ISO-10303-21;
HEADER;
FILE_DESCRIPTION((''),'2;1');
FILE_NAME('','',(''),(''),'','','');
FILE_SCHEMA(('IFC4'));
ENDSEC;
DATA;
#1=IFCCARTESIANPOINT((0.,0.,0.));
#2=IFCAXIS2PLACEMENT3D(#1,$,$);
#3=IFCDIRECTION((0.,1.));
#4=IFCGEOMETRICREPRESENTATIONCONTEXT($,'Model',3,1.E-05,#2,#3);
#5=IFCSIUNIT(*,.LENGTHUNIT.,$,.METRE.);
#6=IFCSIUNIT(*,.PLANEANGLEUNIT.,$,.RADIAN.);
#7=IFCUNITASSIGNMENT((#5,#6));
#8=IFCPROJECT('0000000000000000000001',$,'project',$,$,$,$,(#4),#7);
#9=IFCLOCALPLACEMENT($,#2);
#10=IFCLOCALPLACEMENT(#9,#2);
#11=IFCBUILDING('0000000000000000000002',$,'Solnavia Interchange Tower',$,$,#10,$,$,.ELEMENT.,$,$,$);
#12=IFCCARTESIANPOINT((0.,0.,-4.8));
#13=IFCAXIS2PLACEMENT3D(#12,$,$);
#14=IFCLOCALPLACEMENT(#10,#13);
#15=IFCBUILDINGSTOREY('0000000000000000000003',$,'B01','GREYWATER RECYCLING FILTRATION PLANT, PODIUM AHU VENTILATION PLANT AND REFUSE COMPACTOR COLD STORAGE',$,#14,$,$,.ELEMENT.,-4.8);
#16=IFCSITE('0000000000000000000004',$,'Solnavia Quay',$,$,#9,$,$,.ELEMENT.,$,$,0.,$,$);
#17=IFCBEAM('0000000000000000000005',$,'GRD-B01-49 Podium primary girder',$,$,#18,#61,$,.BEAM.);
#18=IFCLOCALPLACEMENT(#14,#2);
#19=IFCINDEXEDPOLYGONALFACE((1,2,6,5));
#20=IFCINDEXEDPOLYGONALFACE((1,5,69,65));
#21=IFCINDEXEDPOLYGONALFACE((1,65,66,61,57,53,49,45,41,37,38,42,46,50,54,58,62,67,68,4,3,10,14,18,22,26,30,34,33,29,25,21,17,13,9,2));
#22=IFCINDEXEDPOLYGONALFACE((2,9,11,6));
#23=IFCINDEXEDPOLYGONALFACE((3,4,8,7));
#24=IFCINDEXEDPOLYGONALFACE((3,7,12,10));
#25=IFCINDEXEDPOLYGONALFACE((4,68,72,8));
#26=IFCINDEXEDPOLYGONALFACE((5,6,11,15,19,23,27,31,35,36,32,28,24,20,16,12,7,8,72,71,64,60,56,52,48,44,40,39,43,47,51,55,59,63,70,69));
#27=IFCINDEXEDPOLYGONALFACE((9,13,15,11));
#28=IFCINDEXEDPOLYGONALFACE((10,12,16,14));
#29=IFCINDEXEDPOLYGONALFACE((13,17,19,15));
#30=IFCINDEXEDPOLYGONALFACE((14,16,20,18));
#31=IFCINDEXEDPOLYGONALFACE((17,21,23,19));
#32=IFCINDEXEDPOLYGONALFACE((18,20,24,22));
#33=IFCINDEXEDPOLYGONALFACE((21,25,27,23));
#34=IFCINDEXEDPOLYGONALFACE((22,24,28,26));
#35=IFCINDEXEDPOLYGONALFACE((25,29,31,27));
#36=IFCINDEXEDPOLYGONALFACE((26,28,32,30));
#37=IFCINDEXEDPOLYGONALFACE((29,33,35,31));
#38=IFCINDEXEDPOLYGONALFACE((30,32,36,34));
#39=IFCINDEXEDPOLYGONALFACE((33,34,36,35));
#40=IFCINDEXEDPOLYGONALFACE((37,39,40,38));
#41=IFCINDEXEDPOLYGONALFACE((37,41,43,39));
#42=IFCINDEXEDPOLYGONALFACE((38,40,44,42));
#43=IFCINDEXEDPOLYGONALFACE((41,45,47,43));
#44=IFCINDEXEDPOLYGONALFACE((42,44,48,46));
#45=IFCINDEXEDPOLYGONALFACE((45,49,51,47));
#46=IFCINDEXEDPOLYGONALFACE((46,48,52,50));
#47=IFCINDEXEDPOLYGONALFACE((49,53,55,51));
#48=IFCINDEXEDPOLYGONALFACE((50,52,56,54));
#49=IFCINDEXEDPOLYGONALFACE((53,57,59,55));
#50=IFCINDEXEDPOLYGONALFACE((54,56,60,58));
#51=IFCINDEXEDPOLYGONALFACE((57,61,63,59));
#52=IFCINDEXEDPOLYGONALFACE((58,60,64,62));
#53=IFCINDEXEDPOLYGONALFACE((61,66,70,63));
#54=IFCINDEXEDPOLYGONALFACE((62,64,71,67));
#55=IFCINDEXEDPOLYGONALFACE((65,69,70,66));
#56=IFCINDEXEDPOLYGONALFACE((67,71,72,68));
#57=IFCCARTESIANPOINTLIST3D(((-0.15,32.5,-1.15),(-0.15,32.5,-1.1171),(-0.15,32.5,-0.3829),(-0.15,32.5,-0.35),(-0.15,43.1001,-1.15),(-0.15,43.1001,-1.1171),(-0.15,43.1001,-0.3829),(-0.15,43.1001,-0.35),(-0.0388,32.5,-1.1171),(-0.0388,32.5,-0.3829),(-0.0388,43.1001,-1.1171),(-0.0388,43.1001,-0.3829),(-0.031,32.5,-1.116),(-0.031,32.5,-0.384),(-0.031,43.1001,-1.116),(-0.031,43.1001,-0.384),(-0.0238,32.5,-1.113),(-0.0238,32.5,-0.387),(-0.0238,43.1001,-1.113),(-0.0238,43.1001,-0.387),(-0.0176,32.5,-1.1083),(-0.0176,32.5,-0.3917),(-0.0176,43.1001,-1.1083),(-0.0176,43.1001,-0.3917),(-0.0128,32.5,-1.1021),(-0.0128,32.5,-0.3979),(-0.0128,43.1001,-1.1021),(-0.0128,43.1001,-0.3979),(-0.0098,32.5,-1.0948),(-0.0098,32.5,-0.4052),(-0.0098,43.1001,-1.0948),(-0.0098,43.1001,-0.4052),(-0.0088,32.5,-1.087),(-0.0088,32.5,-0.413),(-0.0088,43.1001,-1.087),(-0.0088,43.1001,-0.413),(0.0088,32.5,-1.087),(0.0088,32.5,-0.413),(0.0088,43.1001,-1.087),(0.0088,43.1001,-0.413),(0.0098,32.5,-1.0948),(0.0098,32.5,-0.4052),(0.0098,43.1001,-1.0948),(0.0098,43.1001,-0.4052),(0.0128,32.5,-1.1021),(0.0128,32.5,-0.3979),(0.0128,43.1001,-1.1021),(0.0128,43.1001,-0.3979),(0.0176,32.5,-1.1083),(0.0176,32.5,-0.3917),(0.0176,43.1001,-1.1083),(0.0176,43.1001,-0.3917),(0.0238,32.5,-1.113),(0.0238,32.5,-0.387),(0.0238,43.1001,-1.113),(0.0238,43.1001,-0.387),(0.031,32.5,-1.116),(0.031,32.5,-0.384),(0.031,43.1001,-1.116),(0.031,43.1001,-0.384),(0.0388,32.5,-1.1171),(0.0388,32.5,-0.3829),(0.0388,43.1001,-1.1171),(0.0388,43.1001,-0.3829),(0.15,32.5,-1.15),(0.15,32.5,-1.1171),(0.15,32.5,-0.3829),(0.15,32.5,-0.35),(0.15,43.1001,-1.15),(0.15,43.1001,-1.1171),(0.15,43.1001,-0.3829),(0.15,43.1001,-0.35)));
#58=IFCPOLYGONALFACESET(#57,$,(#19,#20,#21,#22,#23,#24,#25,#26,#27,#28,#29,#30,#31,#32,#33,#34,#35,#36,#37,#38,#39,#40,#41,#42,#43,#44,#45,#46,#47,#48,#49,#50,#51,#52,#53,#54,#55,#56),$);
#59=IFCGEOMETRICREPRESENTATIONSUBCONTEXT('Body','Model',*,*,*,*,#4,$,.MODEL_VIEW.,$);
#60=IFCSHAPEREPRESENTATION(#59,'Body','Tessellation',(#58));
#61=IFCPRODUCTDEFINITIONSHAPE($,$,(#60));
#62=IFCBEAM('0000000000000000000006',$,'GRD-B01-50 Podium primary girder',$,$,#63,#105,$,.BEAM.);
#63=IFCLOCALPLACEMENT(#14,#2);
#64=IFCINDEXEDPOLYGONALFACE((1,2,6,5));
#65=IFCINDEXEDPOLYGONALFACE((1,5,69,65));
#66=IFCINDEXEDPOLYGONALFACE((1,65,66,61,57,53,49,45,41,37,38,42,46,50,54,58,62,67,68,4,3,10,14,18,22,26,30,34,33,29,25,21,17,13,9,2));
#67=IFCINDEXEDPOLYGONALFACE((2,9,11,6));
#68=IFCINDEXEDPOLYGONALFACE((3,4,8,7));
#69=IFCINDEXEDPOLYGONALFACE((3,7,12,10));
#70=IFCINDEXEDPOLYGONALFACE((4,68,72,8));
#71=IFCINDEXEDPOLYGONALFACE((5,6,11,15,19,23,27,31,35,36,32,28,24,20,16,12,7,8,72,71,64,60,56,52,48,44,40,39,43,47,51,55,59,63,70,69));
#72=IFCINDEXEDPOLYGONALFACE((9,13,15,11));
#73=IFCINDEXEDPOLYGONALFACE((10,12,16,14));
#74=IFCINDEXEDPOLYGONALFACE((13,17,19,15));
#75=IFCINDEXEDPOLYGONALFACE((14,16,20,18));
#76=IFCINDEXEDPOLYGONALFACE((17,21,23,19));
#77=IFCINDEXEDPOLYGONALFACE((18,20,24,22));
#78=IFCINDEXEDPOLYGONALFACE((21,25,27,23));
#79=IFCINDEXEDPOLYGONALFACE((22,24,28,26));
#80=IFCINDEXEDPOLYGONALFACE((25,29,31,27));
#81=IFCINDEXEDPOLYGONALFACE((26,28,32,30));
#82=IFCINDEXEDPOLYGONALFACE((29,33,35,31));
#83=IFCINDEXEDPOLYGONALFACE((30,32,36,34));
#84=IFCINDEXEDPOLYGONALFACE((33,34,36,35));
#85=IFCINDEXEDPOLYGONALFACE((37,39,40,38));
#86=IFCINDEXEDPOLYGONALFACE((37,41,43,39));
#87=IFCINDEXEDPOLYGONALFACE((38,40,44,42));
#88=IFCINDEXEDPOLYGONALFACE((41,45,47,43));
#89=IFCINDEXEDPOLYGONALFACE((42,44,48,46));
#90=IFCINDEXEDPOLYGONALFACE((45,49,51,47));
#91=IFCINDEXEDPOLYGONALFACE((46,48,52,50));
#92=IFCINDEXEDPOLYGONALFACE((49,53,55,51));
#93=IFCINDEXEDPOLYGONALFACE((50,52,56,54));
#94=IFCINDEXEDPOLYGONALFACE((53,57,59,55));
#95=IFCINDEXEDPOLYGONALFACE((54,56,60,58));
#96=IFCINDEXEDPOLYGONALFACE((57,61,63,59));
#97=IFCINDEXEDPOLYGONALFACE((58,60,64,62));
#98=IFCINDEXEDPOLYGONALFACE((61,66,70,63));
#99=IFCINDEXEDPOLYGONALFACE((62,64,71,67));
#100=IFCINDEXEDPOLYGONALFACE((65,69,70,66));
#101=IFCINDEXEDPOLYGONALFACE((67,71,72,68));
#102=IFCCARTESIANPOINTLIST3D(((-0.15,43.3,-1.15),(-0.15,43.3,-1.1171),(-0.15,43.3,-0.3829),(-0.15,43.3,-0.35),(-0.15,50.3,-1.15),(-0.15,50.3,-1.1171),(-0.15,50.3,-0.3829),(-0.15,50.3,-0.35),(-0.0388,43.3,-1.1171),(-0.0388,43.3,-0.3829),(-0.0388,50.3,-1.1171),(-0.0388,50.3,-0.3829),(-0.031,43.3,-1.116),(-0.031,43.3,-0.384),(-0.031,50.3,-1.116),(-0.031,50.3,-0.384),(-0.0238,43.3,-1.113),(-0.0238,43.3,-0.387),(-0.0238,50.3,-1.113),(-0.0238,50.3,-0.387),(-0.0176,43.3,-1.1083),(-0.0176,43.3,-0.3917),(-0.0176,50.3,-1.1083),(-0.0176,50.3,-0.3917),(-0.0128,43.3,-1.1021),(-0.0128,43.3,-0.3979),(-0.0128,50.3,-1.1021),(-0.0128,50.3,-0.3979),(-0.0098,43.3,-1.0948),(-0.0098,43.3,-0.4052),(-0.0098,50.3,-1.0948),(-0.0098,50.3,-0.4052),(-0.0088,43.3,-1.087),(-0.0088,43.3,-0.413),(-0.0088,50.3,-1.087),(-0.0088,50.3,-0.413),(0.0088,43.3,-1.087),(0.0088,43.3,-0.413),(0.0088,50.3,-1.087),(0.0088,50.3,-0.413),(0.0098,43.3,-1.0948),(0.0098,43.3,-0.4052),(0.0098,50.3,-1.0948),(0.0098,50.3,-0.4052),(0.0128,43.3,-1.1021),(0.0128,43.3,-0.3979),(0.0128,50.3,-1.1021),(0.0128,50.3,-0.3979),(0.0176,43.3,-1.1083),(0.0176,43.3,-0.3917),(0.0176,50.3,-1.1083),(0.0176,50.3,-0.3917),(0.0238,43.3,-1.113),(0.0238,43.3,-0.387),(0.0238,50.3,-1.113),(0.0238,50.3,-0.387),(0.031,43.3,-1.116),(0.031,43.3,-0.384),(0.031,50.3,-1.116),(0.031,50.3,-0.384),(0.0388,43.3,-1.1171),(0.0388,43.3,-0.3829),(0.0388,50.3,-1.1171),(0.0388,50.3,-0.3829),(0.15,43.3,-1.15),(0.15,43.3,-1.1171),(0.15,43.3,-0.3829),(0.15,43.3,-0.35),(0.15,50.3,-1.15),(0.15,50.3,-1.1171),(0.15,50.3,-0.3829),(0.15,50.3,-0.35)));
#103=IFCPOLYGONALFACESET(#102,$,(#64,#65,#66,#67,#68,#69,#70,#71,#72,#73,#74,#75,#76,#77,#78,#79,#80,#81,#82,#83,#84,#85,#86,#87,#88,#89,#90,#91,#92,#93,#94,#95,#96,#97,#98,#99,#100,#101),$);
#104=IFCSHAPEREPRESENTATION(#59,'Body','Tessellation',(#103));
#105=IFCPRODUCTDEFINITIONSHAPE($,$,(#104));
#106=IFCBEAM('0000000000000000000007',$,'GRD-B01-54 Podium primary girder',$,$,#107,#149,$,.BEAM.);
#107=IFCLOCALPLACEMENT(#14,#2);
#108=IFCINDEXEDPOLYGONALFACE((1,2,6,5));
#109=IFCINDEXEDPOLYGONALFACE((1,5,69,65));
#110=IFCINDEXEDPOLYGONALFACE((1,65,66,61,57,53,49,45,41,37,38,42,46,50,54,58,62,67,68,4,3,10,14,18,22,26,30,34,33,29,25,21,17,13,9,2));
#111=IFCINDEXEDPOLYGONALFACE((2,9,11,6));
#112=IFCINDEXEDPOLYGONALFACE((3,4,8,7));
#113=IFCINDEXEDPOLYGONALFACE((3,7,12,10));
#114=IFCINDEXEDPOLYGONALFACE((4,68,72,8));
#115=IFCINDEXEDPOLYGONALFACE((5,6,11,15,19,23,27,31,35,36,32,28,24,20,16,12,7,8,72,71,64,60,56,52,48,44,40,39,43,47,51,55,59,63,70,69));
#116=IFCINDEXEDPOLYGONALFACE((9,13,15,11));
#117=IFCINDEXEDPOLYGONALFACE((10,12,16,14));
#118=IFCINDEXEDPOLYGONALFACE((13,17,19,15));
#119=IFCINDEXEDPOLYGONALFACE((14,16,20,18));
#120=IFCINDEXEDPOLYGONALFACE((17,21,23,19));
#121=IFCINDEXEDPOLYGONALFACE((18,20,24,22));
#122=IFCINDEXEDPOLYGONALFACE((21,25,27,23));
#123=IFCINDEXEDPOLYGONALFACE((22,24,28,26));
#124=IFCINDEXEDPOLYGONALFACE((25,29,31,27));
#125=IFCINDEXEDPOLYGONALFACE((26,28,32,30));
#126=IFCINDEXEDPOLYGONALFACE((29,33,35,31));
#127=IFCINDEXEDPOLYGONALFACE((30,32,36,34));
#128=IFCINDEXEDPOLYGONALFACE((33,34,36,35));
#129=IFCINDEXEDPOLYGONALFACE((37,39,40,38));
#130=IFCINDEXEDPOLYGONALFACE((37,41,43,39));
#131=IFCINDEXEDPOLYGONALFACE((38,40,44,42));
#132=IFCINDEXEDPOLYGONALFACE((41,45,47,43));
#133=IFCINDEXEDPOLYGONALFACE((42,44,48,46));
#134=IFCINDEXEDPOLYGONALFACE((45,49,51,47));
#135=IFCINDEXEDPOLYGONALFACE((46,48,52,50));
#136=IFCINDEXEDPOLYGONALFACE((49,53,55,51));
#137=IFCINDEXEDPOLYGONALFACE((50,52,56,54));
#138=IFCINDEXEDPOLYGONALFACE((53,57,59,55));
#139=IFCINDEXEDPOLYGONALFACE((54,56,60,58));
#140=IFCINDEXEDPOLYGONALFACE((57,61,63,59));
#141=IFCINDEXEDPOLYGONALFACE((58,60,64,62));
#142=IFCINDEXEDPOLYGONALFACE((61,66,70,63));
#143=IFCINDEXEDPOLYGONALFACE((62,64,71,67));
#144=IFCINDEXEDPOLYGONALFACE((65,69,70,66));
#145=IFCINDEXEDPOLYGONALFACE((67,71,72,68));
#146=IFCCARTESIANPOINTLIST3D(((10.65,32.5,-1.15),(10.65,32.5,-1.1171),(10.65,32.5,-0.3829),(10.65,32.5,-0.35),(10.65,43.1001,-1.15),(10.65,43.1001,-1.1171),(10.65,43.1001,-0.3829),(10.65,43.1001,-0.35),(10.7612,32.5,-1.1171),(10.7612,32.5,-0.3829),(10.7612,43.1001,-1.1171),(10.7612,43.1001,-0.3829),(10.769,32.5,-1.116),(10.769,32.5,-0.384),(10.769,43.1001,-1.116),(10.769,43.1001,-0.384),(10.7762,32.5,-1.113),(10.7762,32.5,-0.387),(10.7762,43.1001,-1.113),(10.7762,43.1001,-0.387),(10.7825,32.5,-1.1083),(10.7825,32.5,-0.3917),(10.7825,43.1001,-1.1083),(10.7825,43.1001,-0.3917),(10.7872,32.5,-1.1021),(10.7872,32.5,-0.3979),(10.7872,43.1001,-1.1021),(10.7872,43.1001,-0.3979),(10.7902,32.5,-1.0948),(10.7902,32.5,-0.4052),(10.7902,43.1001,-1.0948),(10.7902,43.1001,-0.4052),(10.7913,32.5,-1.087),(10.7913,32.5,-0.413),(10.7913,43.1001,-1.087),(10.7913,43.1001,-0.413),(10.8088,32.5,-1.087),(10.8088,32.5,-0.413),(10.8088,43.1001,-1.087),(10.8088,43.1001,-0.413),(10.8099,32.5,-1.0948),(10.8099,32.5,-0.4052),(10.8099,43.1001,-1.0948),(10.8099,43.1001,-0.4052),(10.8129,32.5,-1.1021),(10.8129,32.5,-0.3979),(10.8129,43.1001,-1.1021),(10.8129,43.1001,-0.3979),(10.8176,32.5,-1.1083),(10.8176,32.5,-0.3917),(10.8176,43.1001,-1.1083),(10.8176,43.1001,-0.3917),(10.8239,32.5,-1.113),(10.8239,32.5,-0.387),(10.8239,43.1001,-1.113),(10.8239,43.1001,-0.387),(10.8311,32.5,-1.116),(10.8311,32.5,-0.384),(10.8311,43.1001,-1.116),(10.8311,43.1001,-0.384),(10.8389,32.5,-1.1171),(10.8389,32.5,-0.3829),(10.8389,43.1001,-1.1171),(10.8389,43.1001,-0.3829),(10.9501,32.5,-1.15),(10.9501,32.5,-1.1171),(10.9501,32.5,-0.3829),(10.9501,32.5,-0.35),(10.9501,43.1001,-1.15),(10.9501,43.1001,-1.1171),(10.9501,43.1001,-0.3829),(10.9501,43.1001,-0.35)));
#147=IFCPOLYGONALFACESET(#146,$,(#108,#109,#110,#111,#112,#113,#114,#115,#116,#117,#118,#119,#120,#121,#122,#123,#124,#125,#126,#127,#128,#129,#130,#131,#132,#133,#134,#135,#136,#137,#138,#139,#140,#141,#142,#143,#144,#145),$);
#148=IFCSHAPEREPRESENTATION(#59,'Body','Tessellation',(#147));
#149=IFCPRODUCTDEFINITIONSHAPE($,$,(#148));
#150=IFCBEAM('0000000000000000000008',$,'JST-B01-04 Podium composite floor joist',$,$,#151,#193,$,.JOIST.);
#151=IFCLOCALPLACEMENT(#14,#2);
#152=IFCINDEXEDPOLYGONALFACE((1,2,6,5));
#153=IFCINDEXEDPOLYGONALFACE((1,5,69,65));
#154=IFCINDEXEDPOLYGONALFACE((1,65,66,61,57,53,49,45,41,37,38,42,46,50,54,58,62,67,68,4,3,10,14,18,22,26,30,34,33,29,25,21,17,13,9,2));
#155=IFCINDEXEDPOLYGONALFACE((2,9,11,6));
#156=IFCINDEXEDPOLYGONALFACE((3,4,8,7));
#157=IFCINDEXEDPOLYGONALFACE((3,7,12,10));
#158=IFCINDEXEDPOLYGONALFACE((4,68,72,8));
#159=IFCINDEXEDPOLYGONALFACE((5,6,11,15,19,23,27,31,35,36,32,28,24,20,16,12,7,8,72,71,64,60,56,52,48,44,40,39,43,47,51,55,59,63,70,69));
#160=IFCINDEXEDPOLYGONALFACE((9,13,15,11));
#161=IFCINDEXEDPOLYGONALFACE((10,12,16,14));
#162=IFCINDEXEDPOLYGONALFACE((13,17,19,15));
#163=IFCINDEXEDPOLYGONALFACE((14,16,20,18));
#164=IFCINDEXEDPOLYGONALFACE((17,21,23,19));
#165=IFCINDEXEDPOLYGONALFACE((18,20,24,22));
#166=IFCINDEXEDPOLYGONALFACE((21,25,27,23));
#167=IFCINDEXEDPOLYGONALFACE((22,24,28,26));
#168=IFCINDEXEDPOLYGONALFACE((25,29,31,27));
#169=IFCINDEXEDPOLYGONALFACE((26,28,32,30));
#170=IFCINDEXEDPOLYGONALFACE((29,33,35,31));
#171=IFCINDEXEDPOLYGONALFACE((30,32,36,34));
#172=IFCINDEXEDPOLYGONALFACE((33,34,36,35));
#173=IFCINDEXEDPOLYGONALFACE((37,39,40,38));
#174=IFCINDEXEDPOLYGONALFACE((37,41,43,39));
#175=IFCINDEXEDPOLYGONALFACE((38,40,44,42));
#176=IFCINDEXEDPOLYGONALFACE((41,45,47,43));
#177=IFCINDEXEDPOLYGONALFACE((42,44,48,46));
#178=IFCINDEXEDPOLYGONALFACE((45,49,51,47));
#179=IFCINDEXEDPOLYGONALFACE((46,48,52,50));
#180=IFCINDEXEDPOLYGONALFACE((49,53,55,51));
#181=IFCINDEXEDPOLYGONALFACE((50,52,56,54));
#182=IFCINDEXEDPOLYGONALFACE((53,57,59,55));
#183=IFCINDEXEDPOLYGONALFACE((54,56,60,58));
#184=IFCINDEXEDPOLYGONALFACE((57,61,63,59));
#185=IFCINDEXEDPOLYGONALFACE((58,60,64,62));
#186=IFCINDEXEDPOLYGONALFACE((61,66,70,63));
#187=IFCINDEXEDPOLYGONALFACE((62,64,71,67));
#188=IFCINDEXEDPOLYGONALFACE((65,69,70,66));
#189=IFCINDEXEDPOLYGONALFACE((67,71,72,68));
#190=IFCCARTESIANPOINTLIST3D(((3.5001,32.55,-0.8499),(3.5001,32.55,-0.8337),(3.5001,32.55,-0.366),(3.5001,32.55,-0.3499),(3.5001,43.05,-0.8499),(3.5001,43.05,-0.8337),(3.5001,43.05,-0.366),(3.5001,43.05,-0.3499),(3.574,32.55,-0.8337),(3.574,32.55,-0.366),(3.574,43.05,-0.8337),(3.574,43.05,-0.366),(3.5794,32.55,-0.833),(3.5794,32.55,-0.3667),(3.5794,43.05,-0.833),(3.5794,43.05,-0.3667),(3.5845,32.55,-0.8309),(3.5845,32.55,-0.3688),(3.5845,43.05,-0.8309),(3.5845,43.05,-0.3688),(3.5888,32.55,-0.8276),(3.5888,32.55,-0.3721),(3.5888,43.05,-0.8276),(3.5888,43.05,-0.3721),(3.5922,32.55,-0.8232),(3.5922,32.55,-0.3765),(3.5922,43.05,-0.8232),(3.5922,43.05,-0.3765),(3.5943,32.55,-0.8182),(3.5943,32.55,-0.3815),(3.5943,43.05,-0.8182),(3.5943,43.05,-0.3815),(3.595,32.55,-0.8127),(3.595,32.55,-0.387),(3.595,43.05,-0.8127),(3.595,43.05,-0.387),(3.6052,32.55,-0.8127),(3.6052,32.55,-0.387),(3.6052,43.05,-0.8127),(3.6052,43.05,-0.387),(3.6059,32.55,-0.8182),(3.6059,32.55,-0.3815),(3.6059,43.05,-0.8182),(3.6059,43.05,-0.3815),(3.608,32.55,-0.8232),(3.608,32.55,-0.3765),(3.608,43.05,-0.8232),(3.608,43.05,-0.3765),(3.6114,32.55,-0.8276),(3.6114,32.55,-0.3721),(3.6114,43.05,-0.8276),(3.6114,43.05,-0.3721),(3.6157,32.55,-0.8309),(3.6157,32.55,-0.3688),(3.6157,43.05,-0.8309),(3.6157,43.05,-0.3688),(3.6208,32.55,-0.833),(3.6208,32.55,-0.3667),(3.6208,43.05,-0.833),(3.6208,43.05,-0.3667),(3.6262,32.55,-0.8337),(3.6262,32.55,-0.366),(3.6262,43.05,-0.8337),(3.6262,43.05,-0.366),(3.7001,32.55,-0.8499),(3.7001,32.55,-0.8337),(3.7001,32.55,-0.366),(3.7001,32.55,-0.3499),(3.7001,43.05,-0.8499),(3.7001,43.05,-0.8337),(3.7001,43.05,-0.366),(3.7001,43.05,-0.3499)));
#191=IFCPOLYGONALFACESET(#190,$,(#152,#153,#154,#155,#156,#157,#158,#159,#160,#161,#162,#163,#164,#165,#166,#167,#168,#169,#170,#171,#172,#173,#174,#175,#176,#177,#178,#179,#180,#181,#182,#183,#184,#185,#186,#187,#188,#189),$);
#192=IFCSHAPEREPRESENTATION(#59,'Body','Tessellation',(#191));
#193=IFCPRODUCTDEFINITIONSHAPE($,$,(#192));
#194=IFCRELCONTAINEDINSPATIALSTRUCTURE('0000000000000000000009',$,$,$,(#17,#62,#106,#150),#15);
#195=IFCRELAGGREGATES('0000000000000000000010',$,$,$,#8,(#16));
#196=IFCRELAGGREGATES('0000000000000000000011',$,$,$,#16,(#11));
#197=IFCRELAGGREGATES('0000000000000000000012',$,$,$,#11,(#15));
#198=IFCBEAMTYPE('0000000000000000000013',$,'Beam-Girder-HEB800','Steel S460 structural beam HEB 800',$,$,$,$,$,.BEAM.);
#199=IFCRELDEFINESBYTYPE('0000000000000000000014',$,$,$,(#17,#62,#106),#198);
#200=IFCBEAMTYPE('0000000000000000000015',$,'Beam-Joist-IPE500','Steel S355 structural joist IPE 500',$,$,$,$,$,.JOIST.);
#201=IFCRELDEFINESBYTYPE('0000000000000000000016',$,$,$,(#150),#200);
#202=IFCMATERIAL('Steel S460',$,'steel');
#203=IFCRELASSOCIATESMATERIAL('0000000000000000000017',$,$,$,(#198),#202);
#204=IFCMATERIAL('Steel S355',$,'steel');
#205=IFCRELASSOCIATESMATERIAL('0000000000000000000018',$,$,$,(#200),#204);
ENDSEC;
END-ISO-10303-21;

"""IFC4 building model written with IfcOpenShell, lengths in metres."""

from ifc_helpers import new_model, si_unit, direction, frame, origin, origin_2d, place, context, subcontext, project, spatial, i_section, extrude, material, material_profile, profile_set, type_object, element, save


model = new_model("IFC4")

# Units and contexts
model_context = context("Model", 3, precision=1e-05, world=origin(), true_north=direction((0.0, 1.0)))
body_context = subcontext(model_context, "Body", "Model", "MODEL_VIEW")
ifc_project = project(units=[si_unit("LENGTHUNIT", "METRE"), si_unit("PLANEANGLEUNIT", "RADIAN")], contexts=[model_context])

# Site, building, storey
site_placement = place(None, origin())
site = spatial("IfcSite", under=ifc_project, at=site_placement, Name="Solnavia Quay", CompositionType="ELEMENT", RefElevation=0.0)
building_placement = place(site_placement, origin())
building = spatial("IfcBuilding", under=site, at=building_placement, Name="Solnavia Interchange Tower", CompositionType="ELEMENT")
storey_placement = place(building_placement, frame((0.0, 0.0, -4.8)))
storey = spatial("IfcBuildingStorey", under=building, at=storey_placement, Name="B01", Description="GREYWATER RECYCLING FILTRATION PLANT, PODIUM AHU VENTILATION PLANT AND REFUSE COMPACTOR COLD STORAGE", CompositionType="ELEMENT", Elevation=-4.8)

# Beams
ifc_material_1 = material(Name="Steel S460", Category="steel")
ifc_material_profile_1 = material_profile(ifc_material_1, i_section(OverallWidth=0.3, OverallDepth=0.8, WebThickness=0.0176, FlangeThickness=0.033, FilletRadius=0.03, at=origin_2d()), Name="HEB 800")
ifc_profile_set_1 = profile_set([ifc_material_profile_1], Name="Steel S460")
beam_type_1 = type_object("IfcBeamType", Name="Beam-Girder-HEB800", Description="Steel S460 structural beam HEB 800", PredefinedType="BEAM", material=ifc_profile_set_1)
beam_1_placement = place(storey_placement, frame((0.0, 32.5, -0.75), z_axis=(0.0, 1.0, 0.0), x_axis=(-1.0, 0.0, 0.0)))
element("IfcBeam", 1, at=beam_1_placement, inside=storey, type_object=beam_type_1, Name="GRD-B01-49 Podium primary girder", PredefinedType="BEAM", context=body_context, shape_type="SweptSolid", body=[
    extrude(i_section(OverallWidth=0.3, OverallDepth=0.8, WebThickness=0.0176, FlangeThickness=0.033, FilletRadius=0.03, at=origin_2d()), origin(), (0.0, 0.0, 1.0), 10.6001),
])
beam_2_placement = place(storey_placement, frame((0.0, 43.3, -0.75), z_axis=(0.0, 1.0, 0.0), x_axis=(-1.0, 0.0, 0.0)))
element("IfcBeam", 2, at=beam_2_placement, inside=storey, type_object=beam_type_1, Name="GRD-B01-50 Podium primary girder", PredefinedType="BEAM", context=body_context, shape_type="SweptSolid", body=[
    extrude(i_section(OverallWidth=0.3, OverallDepth=0.8, WebThickness=0.0176, FlangeThickness=0.033, FilletRadius=0.03, at=origin_2d()), origin(), (0.0, 0.0, 1.0), 7.0),
])
beam_3_placement = place(storey_placement, frame((10.8, 32.5, -0.75), z_axis=(0.0, 1.0, 0.0), x_axis=(-1.0, 0.0, 0.0)))
element("IfcBeam", 3, at=beam_3_placement, inside=storey, type_object=beam_type_1, Name="GRD-B01-54 Podium primary girder", PredefinedType="BEAM", context=body_context, shape_type="SweptSolid", body=[
    extrude(i_section(OverallWidth=0.3, OverallDepth=0.8, WebThickness=0.0176, FlangeThickness=0.033, FilletRadius=0.03, at=origin_2d()), origin(), (0.0, 0.0, 1.0), 10.6001),
])
ifc_material_2 = material(Name="Steel S355", Category="steel")
ifc_material_profile_2 = material_profile(ifc_material_2, i_section(OverallWidth=0.2, OverallDepth=0.5, WebThickness=0.0103, FlangeThickness=0.0161, FilletRadius=0.021, at=origin_2d()), Name="IPE 500")
ifc_profile_set_2 = profile_set([ifc_material_profile_2], Name="Steel S355")
beam_type_2 = type_object("IfcBeamType", Name="Beam-Joist-IPE500", Description="Steel S355 structural joist IPE 500", PredefinedType="JOIST", material=ifc_profile_set_2)
beam_4_placement = place(storey_placement, frame((3.6001, 32.55, -0.5999), z_axis=(0.0, 1.0, 0.0), x_axis=(-1.0, 0.0, 0.0)))
element("IfcBeam", 4, at=beam_4_placement, inside=storey, type_object=beam_type_2, Name="JST-B01-04 Podium composite floor joist", PredefinedType="JOIST", context=body_context, shape_type="SweptSolid", body=[
    extrude(i_section(OverallWidth=0.2, OverallDepth=0.5, WebThickness=0.0103, FlangeThickness=0.0161, FilletRadius=0.021, at=origin_2d()), origin(), (0.0, 0.0, 1.0), 10.5),
])

save(model, "model.ifc")
